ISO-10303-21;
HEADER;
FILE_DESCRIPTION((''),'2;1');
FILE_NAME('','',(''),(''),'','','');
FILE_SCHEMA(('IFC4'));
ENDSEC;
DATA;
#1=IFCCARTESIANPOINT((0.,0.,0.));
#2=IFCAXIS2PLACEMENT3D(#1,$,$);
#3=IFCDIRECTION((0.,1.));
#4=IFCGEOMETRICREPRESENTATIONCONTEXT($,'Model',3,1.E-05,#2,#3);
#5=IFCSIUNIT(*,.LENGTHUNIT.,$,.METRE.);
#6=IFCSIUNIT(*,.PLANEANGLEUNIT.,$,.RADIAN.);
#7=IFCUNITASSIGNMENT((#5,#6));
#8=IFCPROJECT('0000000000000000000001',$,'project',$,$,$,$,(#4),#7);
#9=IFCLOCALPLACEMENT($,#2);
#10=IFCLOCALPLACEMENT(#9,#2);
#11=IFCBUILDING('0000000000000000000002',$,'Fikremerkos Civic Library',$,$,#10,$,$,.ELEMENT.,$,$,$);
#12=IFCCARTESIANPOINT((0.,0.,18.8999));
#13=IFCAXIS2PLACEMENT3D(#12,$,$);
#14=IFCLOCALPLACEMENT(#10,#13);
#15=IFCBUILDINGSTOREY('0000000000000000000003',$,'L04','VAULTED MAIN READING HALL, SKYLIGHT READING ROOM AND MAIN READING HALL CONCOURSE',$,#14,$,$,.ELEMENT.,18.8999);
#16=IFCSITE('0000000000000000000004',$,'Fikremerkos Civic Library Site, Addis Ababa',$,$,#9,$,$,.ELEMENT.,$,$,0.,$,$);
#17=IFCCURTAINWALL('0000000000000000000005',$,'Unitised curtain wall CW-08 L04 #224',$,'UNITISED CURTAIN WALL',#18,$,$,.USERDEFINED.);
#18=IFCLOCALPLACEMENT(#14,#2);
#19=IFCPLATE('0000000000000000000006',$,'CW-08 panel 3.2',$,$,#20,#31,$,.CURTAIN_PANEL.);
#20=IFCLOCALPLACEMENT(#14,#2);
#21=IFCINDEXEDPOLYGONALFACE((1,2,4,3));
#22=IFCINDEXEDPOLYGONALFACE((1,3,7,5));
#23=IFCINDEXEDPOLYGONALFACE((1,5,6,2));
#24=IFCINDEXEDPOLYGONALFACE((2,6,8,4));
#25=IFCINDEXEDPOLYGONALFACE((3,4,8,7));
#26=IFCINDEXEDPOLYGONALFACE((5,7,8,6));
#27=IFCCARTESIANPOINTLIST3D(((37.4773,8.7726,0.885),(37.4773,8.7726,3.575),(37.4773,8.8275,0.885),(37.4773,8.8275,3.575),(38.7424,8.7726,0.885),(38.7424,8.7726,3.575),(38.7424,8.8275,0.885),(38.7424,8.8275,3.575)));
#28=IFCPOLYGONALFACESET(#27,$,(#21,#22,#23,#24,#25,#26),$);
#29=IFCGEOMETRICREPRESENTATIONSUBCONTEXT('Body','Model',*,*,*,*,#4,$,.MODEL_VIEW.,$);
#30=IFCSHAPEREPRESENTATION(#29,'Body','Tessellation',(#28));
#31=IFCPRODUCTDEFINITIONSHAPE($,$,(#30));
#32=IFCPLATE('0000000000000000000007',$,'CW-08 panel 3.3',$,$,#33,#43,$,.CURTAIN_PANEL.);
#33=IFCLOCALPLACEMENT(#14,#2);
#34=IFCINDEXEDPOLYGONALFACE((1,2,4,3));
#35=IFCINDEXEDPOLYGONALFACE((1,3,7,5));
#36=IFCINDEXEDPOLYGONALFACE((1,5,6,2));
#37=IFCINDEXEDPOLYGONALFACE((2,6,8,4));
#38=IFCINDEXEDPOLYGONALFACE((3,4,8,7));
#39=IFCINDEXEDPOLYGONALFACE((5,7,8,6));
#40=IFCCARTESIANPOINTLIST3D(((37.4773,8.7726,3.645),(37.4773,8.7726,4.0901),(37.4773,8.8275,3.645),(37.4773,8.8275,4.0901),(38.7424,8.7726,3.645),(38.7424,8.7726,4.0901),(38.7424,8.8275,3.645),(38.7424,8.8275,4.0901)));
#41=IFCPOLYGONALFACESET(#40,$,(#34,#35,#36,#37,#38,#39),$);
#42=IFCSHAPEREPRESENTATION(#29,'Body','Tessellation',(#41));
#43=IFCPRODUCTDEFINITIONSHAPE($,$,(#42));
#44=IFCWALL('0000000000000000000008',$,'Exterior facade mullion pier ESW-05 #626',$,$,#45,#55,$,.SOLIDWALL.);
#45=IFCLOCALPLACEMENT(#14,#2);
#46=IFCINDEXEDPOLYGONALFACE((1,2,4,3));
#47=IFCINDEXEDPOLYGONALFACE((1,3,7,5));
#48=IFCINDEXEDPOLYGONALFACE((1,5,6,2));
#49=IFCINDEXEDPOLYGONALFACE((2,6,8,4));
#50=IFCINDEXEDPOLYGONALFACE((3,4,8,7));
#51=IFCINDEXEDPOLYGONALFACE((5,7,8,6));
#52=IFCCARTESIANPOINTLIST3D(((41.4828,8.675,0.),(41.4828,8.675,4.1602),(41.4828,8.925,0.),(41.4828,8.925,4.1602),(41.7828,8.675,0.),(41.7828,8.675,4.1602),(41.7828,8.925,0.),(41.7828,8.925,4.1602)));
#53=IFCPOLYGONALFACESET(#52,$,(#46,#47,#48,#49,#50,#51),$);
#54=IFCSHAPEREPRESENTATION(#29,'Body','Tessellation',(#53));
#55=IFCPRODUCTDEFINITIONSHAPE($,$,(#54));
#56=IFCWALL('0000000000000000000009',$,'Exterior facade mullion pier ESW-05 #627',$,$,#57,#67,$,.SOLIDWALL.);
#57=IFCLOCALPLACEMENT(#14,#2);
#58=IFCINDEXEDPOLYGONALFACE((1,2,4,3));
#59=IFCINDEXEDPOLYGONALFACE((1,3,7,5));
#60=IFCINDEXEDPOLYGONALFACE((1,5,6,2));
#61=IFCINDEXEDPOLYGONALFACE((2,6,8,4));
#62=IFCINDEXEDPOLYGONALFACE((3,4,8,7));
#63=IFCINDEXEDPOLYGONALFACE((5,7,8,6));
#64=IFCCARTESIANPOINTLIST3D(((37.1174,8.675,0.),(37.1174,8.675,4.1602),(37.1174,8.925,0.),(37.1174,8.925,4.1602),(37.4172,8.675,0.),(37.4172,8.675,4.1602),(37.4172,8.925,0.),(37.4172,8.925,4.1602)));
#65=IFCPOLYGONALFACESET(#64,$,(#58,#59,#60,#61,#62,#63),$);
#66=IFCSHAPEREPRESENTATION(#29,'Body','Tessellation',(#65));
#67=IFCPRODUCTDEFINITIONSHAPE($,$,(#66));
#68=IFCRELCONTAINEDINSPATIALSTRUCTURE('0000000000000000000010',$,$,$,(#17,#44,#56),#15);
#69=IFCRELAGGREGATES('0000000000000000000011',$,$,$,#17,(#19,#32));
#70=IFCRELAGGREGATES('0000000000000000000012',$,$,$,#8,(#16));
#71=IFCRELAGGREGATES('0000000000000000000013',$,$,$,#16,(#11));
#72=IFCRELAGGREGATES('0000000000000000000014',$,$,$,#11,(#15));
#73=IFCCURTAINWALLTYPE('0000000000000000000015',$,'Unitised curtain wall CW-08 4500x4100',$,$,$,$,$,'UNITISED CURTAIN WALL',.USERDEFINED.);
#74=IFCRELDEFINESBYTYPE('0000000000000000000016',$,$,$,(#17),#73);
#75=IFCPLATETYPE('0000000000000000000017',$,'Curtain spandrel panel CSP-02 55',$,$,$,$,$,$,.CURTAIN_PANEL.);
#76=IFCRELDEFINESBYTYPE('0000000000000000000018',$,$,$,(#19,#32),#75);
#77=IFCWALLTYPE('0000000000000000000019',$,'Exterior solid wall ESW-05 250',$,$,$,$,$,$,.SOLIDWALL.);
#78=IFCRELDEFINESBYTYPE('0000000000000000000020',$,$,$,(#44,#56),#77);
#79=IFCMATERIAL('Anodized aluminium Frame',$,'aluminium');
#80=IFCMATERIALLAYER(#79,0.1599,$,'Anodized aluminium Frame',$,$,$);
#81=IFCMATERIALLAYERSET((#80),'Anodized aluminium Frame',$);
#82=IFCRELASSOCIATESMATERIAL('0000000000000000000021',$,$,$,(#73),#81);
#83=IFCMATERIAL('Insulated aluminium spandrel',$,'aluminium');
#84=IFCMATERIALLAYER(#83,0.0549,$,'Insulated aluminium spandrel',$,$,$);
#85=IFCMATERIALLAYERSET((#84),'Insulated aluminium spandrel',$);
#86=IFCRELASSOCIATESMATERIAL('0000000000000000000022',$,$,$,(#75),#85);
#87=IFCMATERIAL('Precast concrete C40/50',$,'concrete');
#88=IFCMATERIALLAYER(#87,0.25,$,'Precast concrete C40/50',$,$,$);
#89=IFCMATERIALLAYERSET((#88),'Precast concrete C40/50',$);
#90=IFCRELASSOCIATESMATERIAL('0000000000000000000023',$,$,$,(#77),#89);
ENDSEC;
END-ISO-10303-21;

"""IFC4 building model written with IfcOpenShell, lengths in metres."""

from ifc_helpers import new_model, si_unit, direction, frame, frame_2d, origin, origin_2d, place, context, subcontext, project, spatial, rectangle, extrude, material, layer, layer_set, type_object, element, aggregate, save


model = new_model("IFC4")

# Units and contexts
model_context = context("Model", 3, precision=1e-05, world=origin(), true_north=direction((0.0, 1.0)))
body_context = subcontext(model_context, "Body", "Model", "MODEL_VIEW")
ifc_project = project(units=[si_unit("LENGTHUNIT", "METRE"), si_unit("PLANEANGLEUNIT", "RADIAN")], contexts=[model_context])

# Site, building, storey
site_placement = place(None, origin())
site = spatial("IfcSite", under=ifc_project, at=site_placement, Name="Fikremerkos Civic Library Site, Addis Ababa", CompositionType="ELEMENT", RefElevation=0.0)
building_placement = place(site_placement, origin())
building = spatial("IfcBuilding", under=site, at=building_placement, Name="Fikremerkos Civic Library", CompositionType="ELEMENT")
storey_placement = place(building_placement, frame((0.0, 0.0, 18.8999)))
storey = spatial("IfcBuildingStorey", under=building, at=storey_placement, Name="L04", Description="VAULTED MAIN READING HALL, SKYLIGHT READING ROOM AND MAIN READING HALL CONCOURSE", CompositionType="ELEMENT", Elevation=18.8999)

# Shared definitions
ifc_material_1 = material(Name="Anodized aluminium Frame", Category="aluminium")

# Curtain wall
ifc_layer_1 = layer(ifc_material_1, 0.1599, Name="Anodized aluminium Frame")
ifc_layer_set_1 = layer_set([ifc_layer_1], Name="Anodized aluminium Frame")
curtain_wall_type_1 = type_object("IfcCurtainWallType", Name="Unitised curtain wall CW-08 4500x4100", ElementType="UNITISED CURTAIN WALL", PredefinedType="USERDEFINED", material=ifc_layer_set_1)
curtain_wall_1_placement = place(storey_placement, origin())
curtain_wall_1 = element("IfcCurtainWall", 1, at=curtain_wall_1_placement, inside=storey, type_object=curtain_wall_type_1, Name="Unitised curtain wall CW-08 L04 #224", ObjectType="UNITISED CURTAIN WALL", PredefinedType="USERDEFINED")

# Plates
ifc_material_2 = material(Name="Insulated aluminium spandrel", Category="aluminium")
ifc_layer_2 = layer(ifc_material_2, 0.0549, Name="Insulated aluminium spandrel")
ifc_layer_set_2 = layer_set([ifc_layer_2], Name="Insulated aluminium spandrel")
plate_type_1 = type_object("IfcPlateType", Name="Curtain spandrel panel CSP-02 55", PredefinedType="CURTAIN_PANEL", material=ifc_layer_set_2)
plate_1_placement = place(storey_placement, frame((38.1099, 8.8, 0.885), z_axis=(0.0, 0.0, 1.0), x_axis=(-1.0, 0.0, 0.0)))
plate_1 = element("IfcPlate", 2, at=plate_1_placement, type_object=plate_type_1, Name="CW-08 panel 3.2", PredefinedType="CURTAIN_PANEL", context=body_context, shape_type="SweptSolid", body=[
    extrude(rectangle(XDim=1.2651, YDim=0.0549, at=origin_2d()), origin(), (0.0, 0.0, 1.0), 2.6899),
])
plate_2_placement = place(storey_placement, frame((38.1099, 8.8, 3.645), z_axis=(0.0, 0.0, 1.0), x_axis=(-1.0, 0.0, 0.0)))
plate_2 = element("IfcPlate", 3, at=plate_2_placement, type_object=plate_type_1, Name="CW-08 panel 3.3", PredefinedType="CURTAIN_PANEL", context=body_context, shape_type="SweptSolid", body=[
    extrude(rectangle(XDim=1.2651, YDim=0.0549, at=origin_2d()), origin(), (0.0, 0.0, 1.0), 0.4451),
])
aggregate(curtain_wall_1, [plate_1, plate_2])

# Walls
ifc_material_3 = material(Name="Precast concrete C40/50", Category="concrete")
ifc_layer_3 = layer(ifc_material_3, 0.25, Name="Precast concrete C40/50")
ifc_layer_set_3 = layer_set([ifc_layer_3], Name="Precast concrete C40/50")
wall_type = type_object("IfcWallType", Name="Exterior solid wall ESW-05 250", PredefinedType="SOLIDWALL", material=ifc_layer_set_3)
wall_1_placement = place(storey_placement, frame((41.7827, 8.8, 0.0), z_axis=(0.0, 0.0, 1.0), x_axis=(-1.0, 0.0, 0.0)))
element("IfcWall", 4, at=wall_1_placement, inside=storey, type_object=wall_type, Name="Exterior facade mullion pier ESW-05 #626", PredefinedType="SOLIDWALL", context=body_context, shape_type="SweptSolid", body=[
    extrude(rectangle(XDim=0.3, YDim=0.25, at=frame_2d((0.1499, 0.0))), origin(), (0.0, 0.0, 1.0), 4.1602),
])
wall_2_placement = place(storey_placement, frame((37.4172, 8.8, 0.0), z_axis=(0.0, 0.0, 1.0), x_axis=(-1.0, 0.0, 0.0)))
element("IfcWall", 5, at=wall_2_placement, inside=storey, type_object=wall_type, Name="Exterior facade mullion pier ESW-05 #627", PredefinedType="SOLIDWALL", context=body_context, shape_type="SweptSolid", body=[
    extrude(rectangle(XDim=0.2998, YDim=0.25, at=frame_2d((0.1499, 0.0))), origin(), (0.0, 0.0, 1.0), 4.1602),
])

save(model, "model.ifc")
